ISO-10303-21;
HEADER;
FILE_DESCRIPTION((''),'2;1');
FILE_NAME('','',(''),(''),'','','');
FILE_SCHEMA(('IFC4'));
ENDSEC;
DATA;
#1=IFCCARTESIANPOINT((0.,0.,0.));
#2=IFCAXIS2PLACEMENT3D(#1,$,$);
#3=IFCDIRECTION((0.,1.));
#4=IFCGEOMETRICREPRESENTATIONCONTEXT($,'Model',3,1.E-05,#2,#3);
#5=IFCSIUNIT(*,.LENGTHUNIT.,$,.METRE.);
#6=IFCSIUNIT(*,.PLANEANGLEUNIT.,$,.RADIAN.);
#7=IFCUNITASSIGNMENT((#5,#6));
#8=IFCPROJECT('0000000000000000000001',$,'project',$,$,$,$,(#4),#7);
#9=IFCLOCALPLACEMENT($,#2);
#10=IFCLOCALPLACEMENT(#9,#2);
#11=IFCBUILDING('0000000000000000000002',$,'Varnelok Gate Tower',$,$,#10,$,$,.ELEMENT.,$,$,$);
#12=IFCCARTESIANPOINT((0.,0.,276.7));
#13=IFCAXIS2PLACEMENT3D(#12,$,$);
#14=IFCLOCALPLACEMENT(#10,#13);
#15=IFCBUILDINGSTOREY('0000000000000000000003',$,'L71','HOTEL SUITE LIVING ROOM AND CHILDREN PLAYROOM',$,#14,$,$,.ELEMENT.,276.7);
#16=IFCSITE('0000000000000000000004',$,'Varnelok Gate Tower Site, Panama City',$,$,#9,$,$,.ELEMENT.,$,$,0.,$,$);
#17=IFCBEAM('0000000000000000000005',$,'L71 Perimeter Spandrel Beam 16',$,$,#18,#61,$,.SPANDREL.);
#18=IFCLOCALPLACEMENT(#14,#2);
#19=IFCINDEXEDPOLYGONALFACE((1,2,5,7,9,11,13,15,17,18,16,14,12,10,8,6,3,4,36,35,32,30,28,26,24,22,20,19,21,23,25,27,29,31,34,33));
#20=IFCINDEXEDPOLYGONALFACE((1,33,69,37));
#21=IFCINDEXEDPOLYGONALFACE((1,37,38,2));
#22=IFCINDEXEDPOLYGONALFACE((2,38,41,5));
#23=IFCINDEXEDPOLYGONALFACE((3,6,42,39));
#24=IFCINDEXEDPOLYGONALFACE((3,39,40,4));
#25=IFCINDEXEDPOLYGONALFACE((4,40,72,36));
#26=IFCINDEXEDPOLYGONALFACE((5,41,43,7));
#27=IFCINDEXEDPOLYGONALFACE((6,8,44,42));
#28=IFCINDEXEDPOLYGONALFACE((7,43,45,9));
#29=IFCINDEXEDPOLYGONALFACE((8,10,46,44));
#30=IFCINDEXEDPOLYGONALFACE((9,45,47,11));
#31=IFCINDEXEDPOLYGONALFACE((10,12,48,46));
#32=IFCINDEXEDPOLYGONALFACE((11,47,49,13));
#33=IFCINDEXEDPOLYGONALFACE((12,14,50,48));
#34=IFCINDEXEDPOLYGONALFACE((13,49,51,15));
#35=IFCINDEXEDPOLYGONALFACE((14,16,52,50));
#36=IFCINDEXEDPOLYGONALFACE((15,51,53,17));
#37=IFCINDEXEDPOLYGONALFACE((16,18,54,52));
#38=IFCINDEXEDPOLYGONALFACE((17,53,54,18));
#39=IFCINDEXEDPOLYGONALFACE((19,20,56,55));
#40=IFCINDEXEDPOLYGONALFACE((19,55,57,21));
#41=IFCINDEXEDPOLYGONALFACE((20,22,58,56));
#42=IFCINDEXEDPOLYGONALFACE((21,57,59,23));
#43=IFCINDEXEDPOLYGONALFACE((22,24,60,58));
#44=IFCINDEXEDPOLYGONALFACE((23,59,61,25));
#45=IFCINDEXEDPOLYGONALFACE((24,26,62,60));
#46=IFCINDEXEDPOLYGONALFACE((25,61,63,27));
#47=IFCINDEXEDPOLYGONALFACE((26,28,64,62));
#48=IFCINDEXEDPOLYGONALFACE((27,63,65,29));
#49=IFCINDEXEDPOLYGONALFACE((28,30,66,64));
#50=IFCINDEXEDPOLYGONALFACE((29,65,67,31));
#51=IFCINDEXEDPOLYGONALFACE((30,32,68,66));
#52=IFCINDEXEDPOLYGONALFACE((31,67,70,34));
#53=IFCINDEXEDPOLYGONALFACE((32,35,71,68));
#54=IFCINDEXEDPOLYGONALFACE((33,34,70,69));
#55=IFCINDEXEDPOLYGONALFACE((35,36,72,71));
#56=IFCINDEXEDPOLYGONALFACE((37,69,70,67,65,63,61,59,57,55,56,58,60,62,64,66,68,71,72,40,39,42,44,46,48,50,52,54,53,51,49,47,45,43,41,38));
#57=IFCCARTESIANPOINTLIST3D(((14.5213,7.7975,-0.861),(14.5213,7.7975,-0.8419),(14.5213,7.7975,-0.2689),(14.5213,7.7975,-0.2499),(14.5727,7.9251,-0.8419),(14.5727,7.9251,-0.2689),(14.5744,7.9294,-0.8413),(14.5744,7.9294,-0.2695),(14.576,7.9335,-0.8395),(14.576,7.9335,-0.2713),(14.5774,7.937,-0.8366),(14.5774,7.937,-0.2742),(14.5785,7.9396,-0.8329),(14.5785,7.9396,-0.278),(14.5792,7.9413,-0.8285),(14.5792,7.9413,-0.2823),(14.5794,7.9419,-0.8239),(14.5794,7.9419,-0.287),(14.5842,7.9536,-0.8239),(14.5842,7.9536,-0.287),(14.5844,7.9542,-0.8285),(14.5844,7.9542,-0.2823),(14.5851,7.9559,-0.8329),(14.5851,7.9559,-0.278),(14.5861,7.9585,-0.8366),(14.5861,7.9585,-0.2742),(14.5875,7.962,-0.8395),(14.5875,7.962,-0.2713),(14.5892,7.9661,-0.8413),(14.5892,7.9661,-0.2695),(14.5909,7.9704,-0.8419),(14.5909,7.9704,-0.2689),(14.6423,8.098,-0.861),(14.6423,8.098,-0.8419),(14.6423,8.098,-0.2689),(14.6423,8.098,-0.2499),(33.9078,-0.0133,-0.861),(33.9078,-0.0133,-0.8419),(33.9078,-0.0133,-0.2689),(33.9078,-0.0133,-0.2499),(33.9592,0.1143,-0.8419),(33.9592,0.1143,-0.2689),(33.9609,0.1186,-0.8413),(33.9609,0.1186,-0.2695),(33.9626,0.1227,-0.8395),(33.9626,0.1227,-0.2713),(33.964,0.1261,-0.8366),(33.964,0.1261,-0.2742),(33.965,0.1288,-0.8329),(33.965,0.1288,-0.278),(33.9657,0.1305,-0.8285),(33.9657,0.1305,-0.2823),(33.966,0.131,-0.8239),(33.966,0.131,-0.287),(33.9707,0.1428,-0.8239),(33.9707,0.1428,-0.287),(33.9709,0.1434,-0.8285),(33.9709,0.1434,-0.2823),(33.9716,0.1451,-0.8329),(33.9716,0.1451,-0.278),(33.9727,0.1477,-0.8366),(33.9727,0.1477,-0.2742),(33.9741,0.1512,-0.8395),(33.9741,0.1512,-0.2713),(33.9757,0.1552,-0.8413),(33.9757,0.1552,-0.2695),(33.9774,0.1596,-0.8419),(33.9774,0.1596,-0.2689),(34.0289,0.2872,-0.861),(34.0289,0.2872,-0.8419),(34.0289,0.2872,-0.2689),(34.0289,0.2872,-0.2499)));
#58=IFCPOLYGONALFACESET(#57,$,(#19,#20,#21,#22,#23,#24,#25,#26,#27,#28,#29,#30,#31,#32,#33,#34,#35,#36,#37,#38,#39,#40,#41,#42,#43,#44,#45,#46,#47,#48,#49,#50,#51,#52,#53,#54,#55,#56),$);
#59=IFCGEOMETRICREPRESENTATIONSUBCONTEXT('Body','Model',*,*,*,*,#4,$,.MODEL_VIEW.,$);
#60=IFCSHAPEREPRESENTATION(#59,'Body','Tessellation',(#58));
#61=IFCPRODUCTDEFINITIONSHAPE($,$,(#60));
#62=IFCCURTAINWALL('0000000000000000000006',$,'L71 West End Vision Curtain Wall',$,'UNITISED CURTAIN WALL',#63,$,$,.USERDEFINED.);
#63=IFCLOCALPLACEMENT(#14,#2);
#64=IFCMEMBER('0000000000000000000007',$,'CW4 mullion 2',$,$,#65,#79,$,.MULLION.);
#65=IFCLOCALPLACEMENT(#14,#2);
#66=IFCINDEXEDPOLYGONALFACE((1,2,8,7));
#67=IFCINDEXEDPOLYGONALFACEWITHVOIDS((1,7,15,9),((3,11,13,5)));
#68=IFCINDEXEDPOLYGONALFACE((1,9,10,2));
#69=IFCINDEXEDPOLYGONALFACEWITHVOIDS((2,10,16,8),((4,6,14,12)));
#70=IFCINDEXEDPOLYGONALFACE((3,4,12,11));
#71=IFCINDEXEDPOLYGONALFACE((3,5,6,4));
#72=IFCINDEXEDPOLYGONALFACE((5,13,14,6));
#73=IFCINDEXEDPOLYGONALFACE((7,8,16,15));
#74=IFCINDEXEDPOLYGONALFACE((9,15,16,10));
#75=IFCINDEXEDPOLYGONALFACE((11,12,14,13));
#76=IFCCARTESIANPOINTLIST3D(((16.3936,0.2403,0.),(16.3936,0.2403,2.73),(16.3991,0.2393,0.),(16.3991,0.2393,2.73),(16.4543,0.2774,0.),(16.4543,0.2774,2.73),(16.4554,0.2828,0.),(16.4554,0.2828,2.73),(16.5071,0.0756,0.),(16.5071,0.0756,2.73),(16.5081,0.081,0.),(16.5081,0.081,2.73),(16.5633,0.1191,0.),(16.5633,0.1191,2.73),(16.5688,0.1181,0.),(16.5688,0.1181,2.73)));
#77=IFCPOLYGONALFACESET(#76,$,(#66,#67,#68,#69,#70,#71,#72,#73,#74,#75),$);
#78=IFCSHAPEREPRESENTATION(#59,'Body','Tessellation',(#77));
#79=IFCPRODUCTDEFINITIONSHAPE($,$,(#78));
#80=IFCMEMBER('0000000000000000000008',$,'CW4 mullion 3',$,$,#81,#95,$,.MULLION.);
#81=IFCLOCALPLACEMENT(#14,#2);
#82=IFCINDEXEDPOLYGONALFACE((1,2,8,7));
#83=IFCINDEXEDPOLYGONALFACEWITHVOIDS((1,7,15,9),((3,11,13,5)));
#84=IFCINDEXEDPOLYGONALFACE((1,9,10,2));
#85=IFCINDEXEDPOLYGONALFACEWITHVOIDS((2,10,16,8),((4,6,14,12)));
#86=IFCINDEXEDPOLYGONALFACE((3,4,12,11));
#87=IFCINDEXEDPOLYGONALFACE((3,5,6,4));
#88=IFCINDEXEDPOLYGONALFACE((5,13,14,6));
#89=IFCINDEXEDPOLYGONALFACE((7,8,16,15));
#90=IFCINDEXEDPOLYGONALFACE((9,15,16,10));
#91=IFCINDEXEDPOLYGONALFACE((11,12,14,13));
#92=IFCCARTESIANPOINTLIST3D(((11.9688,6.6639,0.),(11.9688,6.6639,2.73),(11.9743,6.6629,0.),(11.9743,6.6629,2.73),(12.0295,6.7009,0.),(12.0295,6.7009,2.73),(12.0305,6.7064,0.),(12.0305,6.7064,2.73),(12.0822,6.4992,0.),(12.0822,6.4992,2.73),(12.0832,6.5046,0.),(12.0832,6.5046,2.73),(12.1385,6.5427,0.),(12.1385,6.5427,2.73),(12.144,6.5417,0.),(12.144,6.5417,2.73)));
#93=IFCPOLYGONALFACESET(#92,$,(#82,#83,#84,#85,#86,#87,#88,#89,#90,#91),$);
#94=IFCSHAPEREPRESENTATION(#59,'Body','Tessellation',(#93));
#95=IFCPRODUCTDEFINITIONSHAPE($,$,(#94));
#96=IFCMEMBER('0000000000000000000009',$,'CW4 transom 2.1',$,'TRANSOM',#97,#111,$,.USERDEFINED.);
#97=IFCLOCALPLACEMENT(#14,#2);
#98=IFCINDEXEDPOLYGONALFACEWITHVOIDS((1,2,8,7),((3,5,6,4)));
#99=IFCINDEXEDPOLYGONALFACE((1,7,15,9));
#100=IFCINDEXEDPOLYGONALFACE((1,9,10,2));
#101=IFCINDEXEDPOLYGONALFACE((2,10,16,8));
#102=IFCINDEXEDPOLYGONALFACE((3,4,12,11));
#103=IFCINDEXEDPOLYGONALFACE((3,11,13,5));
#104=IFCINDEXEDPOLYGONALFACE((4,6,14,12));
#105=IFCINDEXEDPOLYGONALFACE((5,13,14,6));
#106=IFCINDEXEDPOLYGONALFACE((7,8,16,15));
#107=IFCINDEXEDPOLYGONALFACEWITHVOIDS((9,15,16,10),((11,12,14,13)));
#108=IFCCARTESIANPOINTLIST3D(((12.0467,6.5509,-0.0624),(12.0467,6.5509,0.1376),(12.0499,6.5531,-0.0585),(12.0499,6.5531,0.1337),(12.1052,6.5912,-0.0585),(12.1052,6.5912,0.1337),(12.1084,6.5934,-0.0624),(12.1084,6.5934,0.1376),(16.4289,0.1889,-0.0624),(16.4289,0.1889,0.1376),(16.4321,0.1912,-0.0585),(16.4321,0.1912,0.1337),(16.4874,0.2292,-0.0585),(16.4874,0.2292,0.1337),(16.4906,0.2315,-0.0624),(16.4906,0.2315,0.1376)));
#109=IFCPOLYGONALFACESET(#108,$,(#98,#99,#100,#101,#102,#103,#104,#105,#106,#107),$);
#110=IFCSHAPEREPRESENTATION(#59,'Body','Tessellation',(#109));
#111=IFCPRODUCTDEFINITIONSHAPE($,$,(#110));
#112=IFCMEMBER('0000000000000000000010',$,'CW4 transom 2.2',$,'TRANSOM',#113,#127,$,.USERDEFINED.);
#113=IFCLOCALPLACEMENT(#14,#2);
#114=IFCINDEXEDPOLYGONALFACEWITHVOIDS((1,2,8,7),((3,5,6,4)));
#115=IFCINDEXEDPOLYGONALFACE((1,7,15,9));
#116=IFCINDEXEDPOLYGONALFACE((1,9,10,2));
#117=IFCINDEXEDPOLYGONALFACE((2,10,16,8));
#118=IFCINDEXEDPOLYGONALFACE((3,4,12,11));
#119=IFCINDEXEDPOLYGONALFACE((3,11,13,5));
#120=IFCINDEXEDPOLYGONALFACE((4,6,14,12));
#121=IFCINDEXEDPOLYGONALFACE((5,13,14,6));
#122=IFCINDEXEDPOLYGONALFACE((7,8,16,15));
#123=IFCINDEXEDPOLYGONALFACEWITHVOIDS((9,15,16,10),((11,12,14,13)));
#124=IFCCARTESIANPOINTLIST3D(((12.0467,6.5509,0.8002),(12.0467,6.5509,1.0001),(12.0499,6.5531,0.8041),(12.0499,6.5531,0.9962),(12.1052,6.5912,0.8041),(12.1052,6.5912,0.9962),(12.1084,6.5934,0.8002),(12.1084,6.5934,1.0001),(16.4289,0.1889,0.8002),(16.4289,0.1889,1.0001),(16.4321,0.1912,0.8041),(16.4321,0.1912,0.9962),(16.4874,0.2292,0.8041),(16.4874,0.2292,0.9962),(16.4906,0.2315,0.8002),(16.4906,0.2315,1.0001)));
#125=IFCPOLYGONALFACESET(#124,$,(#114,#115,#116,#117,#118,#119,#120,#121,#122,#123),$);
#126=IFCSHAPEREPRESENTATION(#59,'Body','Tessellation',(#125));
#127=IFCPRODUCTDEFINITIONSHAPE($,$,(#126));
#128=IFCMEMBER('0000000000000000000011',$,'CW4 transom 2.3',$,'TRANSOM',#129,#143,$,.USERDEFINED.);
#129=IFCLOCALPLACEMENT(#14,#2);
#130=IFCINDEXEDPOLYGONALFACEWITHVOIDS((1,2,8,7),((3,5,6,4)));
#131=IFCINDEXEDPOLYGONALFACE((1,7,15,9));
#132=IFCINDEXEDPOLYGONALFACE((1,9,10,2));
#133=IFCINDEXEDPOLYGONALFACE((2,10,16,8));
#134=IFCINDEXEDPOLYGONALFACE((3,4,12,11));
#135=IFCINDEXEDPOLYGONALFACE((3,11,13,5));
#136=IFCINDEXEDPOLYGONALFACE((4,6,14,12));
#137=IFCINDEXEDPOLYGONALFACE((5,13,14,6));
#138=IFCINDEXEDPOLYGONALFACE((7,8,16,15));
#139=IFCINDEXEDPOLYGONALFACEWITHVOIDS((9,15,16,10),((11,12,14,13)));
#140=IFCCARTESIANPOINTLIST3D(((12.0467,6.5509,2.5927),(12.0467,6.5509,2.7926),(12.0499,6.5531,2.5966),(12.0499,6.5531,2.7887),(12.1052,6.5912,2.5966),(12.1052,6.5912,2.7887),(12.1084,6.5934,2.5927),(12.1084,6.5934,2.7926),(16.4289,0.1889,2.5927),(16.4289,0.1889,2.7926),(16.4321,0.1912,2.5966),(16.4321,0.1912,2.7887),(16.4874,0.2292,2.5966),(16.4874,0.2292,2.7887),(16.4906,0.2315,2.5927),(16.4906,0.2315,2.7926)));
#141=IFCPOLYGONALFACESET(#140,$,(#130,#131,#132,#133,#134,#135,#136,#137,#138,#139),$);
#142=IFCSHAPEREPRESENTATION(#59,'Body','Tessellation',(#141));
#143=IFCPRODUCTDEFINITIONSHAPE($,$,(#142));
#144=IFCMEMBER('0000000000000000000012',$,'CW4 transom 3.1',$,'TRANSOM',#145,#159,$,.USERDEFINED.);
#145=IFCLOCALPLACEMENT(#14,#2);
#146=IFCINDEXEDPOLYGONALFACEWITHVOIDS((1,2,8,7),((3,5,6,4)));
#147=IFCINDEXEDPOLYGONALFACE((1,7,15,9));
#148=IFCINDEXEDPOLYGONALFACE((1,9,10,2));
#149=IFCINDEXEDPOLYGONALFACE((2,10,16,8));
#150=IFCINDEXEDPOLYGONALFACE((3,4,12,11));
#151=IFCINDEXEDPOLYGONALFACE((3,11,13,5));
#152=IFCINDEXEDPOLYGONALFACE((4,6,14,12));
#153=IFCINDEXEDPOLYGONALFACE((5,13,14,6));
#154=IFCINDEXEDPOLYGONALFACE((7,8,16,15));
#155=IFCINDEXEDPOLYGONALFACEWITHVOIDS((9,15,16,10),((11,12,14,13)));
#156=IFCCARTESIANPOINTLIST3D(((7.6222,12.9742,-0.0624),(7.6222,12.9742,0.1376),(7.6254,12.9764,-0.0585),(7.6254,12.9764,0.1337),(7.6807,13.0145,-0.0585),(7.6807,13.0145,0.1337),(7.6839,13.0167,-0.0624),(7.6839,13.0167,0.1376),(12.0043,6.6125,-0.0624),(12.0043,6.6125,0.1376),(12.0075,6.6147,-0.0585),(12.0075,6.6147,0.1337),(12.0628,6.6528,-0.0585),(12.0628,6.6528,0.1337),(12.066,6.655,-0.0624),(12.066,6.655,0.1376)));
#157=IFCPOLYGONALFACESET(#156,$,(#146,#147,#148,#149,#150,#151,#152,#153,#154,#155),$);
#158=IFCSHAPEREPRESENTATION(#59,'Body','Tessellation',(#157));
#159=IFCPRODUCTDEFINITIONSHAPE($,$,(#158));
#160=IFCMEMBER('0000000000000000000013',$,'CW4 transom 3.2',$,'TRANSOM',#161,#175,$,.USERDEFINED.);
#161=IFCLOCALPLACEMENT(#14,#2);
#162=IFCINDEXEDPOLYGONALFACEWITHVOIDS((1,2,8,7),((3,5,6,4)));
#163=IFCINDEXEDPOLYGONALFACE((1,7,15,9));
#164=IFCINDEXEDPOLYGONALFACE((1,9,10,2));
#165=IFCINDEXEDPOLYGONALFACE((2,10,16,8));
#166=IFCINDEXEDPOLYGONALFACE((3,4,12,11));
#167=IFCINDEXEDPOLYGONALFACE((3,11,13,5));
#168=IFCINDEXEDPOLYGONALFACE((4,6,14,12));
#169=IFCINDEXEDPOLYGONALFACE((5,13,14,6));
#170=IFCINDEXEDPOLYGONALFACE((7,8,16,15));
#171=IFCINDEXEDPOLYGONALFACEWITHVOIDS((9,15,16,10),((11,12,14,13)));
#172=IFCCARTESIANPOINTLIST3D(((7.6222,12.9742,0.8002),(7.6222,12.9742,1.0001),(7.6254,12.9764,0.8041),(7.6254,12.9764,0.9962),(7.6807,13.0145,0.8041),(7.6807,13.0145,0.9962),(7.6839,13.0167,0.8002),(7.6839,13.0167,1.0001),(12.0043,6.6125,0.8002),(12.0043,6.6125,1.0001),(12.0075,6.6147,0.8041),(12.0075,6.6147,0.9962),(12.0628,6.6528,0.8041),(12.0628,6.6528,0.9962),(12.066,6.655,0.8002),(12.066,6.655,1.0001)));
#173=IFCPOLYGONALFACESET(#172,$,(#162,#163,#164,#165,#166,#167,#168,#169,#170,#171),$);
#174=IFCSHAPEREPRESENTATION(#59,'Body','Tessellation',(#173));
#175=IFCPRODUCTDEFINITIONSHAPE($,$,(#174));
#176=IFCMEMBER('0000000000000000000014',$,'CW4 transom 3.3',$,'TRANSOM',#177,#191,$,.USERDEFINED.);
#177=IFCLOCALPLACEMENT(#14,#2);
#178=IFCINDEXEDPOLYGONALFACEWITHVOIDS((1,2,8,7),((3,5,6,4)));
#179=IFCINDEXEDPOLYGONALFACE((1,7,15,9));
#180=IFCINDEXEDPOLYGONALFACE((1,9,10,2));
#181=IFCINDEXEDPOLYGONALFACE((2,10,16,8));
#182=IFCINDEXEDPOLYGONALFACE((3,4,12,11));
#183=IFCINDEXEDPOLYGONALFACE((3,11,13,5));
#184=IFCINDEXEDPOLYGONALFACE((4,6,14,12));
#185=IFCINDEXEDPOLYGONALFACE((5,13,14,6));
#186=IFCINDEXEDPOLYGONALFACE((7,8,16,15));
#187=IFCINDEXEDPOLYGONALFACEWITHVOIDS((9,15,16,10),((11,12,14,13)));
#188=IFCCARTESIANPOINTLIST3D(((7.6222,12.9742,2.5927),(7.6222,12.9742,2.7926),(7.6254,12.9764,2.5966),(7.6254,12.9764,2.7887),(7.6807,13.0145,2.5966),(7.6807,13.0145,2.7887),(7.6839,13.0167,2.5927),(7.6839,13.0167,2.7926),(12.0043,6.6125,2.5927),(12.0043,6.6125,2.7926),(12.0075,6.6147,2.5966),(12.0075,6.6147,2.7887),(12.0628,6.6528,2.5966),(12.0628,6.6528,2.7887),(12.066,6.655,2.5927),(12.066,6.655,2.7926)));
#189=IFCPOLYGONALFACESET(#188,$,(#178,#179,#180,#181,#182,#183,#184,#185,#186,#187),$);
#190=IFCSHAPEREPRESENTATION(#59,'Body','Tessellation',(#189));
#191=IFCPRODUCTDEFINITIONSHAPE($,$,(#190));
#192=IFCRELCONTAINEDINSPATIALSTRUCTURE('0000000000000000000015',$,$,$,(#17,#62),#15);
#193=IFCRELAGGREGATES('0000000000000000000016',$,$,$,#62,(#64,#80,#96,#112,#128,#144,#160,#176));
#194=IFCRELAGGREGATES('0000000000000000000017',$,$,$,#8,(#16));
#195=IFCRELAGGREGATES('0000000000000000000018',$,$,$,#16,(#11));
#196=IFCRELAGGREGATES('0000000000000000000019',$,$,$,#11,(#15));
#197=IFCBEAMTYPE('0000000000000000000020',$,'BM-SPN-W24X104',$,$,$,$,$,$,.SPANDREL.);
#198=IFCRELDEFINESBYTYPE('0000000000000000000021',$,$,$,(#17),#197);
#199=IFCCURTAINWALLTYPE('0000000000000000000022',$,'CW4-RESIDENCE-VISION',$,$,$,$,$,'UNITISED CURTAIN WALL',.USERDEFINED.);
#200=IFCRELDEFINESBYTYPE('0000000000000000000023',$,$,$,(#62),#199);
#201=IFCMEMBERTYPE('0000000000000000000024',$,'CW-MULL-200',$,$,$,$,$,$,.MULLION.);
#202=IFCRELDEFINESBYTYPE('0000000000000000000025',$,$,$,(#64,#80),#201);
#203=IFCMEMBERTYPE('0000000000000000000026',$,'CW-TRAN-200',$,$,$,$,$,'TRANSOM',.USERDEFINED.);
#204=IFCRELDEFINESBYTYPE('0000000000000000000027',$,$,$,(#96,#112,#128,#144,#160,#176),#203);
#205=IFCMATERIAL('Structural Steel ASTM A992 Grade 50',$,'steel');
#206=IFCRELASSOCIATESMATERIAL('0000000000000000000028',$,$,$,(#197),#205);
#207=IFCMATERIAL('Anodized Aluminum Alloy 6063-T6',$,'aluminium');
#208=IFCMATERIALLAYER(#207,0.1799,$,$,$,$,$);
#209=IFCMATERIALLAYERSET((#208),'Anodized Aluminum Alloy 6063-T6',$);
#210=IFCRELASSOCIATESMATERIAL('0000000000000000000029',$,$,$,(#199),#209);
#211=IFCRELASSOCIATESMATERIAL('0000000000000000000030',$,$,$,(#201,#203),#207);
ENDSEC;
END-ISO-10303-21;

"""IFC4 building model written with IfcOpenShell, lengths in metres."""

from ifc_helpers import new_model, si_unit, direction, frame, origin, origin_2d, place, context, subcontext, project, spatial, hollow_rectangle, i_section, extrude, material, layer, layer_set, material_profile, profile_set, type_object, element, aggregate, save


model = new_model("IFC4")

# Units and contexts
model_context = context("Model", 3, precision=1e-05, world=origin(), true_north=direction((0.0, 1.0)))
body_context = subcontext(model_context, "Body", "Model", "MODEL_VIEW")
ifc_project = project(units=[si_unit("LENGTHUNIT", "METRE"), si_unit("PLANEANGLEUNIT", "RADIAN")], contexts=[model_context])

# Site, building, storey
site_placement = place(None, origin())
site = spatial("IfcSite", under=ifc_project, at=site_placement, Name="Varnelok Gate Tower Site, Panama City", CompositionType="ELEMENT", RefElevation=0.0)
building_placement = place(site_placement, origin())
building = spatial("IfcBuilding", under=site, at=building_placement, Name="Varnelok Gate Tower", CompositionType="ELEMENT")
storey_placement = place(building_placement, frame((0.0, 0.0, 276.7)))
storey = spatial("IfcBuildingStorey", under=building, at=storey_placement, Name="L71", Description="HOTEL SUITE LIVING ROOM AND CHILDREN PLAYROOM", CompositionType="ELEMENT", Elevation=276.7)

# Beam
ifc_material_1 = material(Name="Structural Steel ASTM A992 Grade 50", Category="steel")
ifc_material_profile_1 = material_profile(ifc_material_1, i_section(OverallWidth=0.324, OverallDepth=0.6111, WebThickness=0.0127, FlangeThickness=0.019, FilletRadius=0.0181, at=origin_2d()), Name="W24X104")
ifc_profile_set_1 = profile_set([ifc_material_profile_1], Name="Structural Steel ASTM A992 Grade 50")
beam_type = type_object("IfcBeamType", Name="BM-SPN-W24X104", PredefinedType="SPANDREL", material=ifc_profile_set_1)
beam_placement = place(storey_placement, frame((14.5818, 7.9478, -0.5554), z_axis=(0.927547, -0.373708, 0.0), x_axis=(0.373708, 0.927547, 0.0)))
element("IfcBeam", 1, at=beam_placement, inside=storey, type_object=beam_type, Name="L71 Perimeter Spandrel Beam 16", PredefinedType="SPANDREL", context=body_context, shape_type="SweptSolid", body=[
    extrude(i_section(OverallWidth=0.324, OverallDepth=0.6111, WebThickness=0.0127, FlangeThickness=0.019, FilletRadius=0.0181, at=origin_2d()), origin(), (0.0, 0.0, 1.0), 20.9009),
])

# Curtain wall, members
ifc_material_2 = material(Name="Anodized Aluminum Alloy 6063-T6", Category="aluminium")
ifc_layer_1 = layer(ifc_material_2, 0.1799)
ifc_layer_set_1 = layer_set([ifc_layer_1], Name="Anodized Aluminum Alloy 6063-T6")
curtain_wall_type = type_object("IfcCurtainWallType", Name="CW4-RESIDENCE-VISION", ElementType="UNITISED CURTAIN WALL", PredefinedType="USERDEFINED", material=ifc_layer_set_1)
curtain_wall_placement = place(storey_placement, origin())
curtain_wall = element("IfcCurtainWall", 2, at=curtain_wall_placement, inside=storey, type_object=curtain_wall_type, Name="L71 West End Vision Curtain Wall", ObjectType="UNITISED CURTAIN WALL", PredefinedType="USERDEFINED")
ifc_material_profile_2 = material_profile(ifc_material_2, hollow_rectangle(XDim=0.075, YDim=0.2, WallThickness=0.0039, at=origin_2d()), Name="ALU200X75X4")
ifc_profile_set_2 = profile_set([ifc_material_profile_2], Name="Anodized Aluminum Alloy 6063-T6")
member_type_1 = type_object("IfcMemberType", Name="CW-MULL-200", PredefinedType="MULLION", material=ifc_profile_set_2)
member_1_placement = place(storey_placement, frame((16.4812, 0.1792, 0.0), z_axis=(0.0, 0.0, 1.0), x_axis=(-0.823532, -0.567269, 0.0)))
member_1 = element("IfcMember", 3, at=member_1_placement, type_object=member_type_1, Name="CW4 mullion 2", PredefinedType="MULLION", context=body_context, shape_type="SweptSolid", body=[
    extrude(hollow_rectangle(XDim=0.075, YDim=0.2, WallThickness=0.0039, at=origin_2d()), origin(), (0.0, 0.0, 1.0), 2.73),
])
member_2_placement = place(storey_placement, frame((12.0564, 6.6028, 0.0), z_axis=(0.0, 0.0, 1.0), x_axis=(-0.823532, -0.567269, 0.0)))
member_2 = element("IfcMember", 4, at=member_2_placement, type_object=member_type_1, Name="CW4 mullion 3", PredefinedType="MULLION", context=body_context, shape_type="SweptSolid", body=[
    extrude(hollow_rectangle(XDim=0.075, YDim=0.2, WallThickness=0.0039, at=origin_2d()), origin(), (0.0, 0.0, 1.0), 2.73),
])
ifc_material_profile_3 = material_profile(ifc_material_2, hollow_rectangle(XDim=0.075, YDim=0.2, WallThickness=0.0039, at=origin_2d()), Name="ALU200X75X4")
ifc_profile_set_3 = profile_set([ifc_material_profile_3], Name="Anodized Aluminum Alloy 6063-T6")
member_type_2 = type_object("IfcMemberType", Name="CW-TRAN-200", ElementType="TRANSOM", PredefinedType="USERDEFINED", material=ifc_profile_set_3)
member_3_placement = place(storey_placement, frame((16.4597, 0.2102, 0.0376), z_axis=(-0.567261, 0.823538, 0.0), x_axis=(-0.823538, -0.567261, 0.0)))
member_3 = element("IfcMember", 5, at=member_3_placement, type_object=member_type_2, Name="CW4 transom 2.1", ObjectType="TRANSOM", PredefinedType="USERDEFINED", context=body_context, shape_type="SweptSolid", body=[
    extrude(hollow_rectangle(XDim=0.075, YDim=0.2, WallThickness=0.0039, at=origin_2d()), origin(), (0.0, 0.0, 1.0), 7.7251),
])
member_4_placement = place(storey_placement, frame((16.4597, 0.2102, 0.9001), z_axis=(-0.567261, 0.823538, 0.0), x_axis=(-0.823538, -0.567261, 0.0)))
member_4 = element("IfcMember", 6, at=member_4_placement, type_object=member_type_2, Name="CW4 transom 2.2", ObjectType="TRANSOM", PredefinedType="USERDEFINED", context=body_context, shape_type="SweptSolid", body=[
    extrude(hollow_rectangle(XDim=0.075, YDim=0.2, WallThickness=0.0039, at=origin_2d()), origin(), (0.0, 0.0, 1.0), 7.7251),
])
member_5_placement = place(storey_placement, frame((16.4597, 0.2102, 2.6926), z_axis=(-0.567261, 0.823538, 0.0), x_axis=(-0.823538, -0.567261, 0.0)))
member_5 = element("IfcMember", 7, at=member_5_placement, type_object=member_type_2, Name="CW4 transom 2.3", ObjectType="TRANSOM", PredefinedType="USERDEFINED", context=body_context, shape_type="SweptSolid", body=[
    extrude(hollow_rectangle(XDim=0.075, YDim=0.2, WallThickness=0.0039, at=origin_2d()), origin(), (0.0, 0.0, 1.0), 7.7251),
])
member_6_placement = place(storey_placement, frame((12.0352, 6.6338, 0.0376), z_axis=(-0.567276, 0.823528, 0.0), x_axis=(-0.823528, -0.567276, 0.0)))
member_6 = element("IfcMember", 8, at=member_6_placement, type_object=member_type_2, Name="CW4 transom 3.1", ObjectType="TRANSOM", PredefinedType="USERDEFINED", context=body_context, shape_type="SweptSolid", body=[
    extrude(hollow_rectangle(XDim=0.075, YDim=0.2, WallThickness=0.0039, at=origin_2d()), origin(), (0.0, 0.0, 1.0), 7.7249),
])
member_7_placement = place(storey_placement, frame((12.0352, 6.6338, 0.9001), z_axis=(-0.567276, 0.823528, 0.0), x_axis=(-0.823528, -0.567276, 0.0)))
member_7 = element("IfcMember", 9, at=member_7_placement, type_object=member_type_2, Name="CW4 transom 3.2", ObjectType="TRANSOM", PredefinedType="USERDEFINED", context=body_context, shape_type="SweptSolid", body=[
    extrude(hollow_rectangle(XDim=0.075, YDim=0.2, WallThickness=0.0039, at=origin_2d()), origin(), (0.0, 0.0, 1.0), 7.7249),
])
member_8_placement = place(storey_placement, frame((12.0352, 6.6338, 2.6926), z_axis=(-0.567276, 0.823528, 0.0), x_axis=(-0.823528, -0.567276, 0.0)))
member_8 = element("IfcMember", 10, at=member_8_placement, type_object=member_type_2, Name="CW4 transom 3.3", ObjectType="TRANSOM", PredefinedType="USERDEFINED", context=body_context, shape_type="SweptSolid", body=[
    extrude(hollow_rectangle(XDim=0.075, YDim=0.2, WallThickness=0.0039, at=origin_2d()), origin(), (0.0, 0.0, 1.0), 7.7249),
])

aggregate(curtain_wall, [member_1, member_2, member_3, member_4, member_5, member_6, member_7, member_8])

save(model, "model.ifc")
